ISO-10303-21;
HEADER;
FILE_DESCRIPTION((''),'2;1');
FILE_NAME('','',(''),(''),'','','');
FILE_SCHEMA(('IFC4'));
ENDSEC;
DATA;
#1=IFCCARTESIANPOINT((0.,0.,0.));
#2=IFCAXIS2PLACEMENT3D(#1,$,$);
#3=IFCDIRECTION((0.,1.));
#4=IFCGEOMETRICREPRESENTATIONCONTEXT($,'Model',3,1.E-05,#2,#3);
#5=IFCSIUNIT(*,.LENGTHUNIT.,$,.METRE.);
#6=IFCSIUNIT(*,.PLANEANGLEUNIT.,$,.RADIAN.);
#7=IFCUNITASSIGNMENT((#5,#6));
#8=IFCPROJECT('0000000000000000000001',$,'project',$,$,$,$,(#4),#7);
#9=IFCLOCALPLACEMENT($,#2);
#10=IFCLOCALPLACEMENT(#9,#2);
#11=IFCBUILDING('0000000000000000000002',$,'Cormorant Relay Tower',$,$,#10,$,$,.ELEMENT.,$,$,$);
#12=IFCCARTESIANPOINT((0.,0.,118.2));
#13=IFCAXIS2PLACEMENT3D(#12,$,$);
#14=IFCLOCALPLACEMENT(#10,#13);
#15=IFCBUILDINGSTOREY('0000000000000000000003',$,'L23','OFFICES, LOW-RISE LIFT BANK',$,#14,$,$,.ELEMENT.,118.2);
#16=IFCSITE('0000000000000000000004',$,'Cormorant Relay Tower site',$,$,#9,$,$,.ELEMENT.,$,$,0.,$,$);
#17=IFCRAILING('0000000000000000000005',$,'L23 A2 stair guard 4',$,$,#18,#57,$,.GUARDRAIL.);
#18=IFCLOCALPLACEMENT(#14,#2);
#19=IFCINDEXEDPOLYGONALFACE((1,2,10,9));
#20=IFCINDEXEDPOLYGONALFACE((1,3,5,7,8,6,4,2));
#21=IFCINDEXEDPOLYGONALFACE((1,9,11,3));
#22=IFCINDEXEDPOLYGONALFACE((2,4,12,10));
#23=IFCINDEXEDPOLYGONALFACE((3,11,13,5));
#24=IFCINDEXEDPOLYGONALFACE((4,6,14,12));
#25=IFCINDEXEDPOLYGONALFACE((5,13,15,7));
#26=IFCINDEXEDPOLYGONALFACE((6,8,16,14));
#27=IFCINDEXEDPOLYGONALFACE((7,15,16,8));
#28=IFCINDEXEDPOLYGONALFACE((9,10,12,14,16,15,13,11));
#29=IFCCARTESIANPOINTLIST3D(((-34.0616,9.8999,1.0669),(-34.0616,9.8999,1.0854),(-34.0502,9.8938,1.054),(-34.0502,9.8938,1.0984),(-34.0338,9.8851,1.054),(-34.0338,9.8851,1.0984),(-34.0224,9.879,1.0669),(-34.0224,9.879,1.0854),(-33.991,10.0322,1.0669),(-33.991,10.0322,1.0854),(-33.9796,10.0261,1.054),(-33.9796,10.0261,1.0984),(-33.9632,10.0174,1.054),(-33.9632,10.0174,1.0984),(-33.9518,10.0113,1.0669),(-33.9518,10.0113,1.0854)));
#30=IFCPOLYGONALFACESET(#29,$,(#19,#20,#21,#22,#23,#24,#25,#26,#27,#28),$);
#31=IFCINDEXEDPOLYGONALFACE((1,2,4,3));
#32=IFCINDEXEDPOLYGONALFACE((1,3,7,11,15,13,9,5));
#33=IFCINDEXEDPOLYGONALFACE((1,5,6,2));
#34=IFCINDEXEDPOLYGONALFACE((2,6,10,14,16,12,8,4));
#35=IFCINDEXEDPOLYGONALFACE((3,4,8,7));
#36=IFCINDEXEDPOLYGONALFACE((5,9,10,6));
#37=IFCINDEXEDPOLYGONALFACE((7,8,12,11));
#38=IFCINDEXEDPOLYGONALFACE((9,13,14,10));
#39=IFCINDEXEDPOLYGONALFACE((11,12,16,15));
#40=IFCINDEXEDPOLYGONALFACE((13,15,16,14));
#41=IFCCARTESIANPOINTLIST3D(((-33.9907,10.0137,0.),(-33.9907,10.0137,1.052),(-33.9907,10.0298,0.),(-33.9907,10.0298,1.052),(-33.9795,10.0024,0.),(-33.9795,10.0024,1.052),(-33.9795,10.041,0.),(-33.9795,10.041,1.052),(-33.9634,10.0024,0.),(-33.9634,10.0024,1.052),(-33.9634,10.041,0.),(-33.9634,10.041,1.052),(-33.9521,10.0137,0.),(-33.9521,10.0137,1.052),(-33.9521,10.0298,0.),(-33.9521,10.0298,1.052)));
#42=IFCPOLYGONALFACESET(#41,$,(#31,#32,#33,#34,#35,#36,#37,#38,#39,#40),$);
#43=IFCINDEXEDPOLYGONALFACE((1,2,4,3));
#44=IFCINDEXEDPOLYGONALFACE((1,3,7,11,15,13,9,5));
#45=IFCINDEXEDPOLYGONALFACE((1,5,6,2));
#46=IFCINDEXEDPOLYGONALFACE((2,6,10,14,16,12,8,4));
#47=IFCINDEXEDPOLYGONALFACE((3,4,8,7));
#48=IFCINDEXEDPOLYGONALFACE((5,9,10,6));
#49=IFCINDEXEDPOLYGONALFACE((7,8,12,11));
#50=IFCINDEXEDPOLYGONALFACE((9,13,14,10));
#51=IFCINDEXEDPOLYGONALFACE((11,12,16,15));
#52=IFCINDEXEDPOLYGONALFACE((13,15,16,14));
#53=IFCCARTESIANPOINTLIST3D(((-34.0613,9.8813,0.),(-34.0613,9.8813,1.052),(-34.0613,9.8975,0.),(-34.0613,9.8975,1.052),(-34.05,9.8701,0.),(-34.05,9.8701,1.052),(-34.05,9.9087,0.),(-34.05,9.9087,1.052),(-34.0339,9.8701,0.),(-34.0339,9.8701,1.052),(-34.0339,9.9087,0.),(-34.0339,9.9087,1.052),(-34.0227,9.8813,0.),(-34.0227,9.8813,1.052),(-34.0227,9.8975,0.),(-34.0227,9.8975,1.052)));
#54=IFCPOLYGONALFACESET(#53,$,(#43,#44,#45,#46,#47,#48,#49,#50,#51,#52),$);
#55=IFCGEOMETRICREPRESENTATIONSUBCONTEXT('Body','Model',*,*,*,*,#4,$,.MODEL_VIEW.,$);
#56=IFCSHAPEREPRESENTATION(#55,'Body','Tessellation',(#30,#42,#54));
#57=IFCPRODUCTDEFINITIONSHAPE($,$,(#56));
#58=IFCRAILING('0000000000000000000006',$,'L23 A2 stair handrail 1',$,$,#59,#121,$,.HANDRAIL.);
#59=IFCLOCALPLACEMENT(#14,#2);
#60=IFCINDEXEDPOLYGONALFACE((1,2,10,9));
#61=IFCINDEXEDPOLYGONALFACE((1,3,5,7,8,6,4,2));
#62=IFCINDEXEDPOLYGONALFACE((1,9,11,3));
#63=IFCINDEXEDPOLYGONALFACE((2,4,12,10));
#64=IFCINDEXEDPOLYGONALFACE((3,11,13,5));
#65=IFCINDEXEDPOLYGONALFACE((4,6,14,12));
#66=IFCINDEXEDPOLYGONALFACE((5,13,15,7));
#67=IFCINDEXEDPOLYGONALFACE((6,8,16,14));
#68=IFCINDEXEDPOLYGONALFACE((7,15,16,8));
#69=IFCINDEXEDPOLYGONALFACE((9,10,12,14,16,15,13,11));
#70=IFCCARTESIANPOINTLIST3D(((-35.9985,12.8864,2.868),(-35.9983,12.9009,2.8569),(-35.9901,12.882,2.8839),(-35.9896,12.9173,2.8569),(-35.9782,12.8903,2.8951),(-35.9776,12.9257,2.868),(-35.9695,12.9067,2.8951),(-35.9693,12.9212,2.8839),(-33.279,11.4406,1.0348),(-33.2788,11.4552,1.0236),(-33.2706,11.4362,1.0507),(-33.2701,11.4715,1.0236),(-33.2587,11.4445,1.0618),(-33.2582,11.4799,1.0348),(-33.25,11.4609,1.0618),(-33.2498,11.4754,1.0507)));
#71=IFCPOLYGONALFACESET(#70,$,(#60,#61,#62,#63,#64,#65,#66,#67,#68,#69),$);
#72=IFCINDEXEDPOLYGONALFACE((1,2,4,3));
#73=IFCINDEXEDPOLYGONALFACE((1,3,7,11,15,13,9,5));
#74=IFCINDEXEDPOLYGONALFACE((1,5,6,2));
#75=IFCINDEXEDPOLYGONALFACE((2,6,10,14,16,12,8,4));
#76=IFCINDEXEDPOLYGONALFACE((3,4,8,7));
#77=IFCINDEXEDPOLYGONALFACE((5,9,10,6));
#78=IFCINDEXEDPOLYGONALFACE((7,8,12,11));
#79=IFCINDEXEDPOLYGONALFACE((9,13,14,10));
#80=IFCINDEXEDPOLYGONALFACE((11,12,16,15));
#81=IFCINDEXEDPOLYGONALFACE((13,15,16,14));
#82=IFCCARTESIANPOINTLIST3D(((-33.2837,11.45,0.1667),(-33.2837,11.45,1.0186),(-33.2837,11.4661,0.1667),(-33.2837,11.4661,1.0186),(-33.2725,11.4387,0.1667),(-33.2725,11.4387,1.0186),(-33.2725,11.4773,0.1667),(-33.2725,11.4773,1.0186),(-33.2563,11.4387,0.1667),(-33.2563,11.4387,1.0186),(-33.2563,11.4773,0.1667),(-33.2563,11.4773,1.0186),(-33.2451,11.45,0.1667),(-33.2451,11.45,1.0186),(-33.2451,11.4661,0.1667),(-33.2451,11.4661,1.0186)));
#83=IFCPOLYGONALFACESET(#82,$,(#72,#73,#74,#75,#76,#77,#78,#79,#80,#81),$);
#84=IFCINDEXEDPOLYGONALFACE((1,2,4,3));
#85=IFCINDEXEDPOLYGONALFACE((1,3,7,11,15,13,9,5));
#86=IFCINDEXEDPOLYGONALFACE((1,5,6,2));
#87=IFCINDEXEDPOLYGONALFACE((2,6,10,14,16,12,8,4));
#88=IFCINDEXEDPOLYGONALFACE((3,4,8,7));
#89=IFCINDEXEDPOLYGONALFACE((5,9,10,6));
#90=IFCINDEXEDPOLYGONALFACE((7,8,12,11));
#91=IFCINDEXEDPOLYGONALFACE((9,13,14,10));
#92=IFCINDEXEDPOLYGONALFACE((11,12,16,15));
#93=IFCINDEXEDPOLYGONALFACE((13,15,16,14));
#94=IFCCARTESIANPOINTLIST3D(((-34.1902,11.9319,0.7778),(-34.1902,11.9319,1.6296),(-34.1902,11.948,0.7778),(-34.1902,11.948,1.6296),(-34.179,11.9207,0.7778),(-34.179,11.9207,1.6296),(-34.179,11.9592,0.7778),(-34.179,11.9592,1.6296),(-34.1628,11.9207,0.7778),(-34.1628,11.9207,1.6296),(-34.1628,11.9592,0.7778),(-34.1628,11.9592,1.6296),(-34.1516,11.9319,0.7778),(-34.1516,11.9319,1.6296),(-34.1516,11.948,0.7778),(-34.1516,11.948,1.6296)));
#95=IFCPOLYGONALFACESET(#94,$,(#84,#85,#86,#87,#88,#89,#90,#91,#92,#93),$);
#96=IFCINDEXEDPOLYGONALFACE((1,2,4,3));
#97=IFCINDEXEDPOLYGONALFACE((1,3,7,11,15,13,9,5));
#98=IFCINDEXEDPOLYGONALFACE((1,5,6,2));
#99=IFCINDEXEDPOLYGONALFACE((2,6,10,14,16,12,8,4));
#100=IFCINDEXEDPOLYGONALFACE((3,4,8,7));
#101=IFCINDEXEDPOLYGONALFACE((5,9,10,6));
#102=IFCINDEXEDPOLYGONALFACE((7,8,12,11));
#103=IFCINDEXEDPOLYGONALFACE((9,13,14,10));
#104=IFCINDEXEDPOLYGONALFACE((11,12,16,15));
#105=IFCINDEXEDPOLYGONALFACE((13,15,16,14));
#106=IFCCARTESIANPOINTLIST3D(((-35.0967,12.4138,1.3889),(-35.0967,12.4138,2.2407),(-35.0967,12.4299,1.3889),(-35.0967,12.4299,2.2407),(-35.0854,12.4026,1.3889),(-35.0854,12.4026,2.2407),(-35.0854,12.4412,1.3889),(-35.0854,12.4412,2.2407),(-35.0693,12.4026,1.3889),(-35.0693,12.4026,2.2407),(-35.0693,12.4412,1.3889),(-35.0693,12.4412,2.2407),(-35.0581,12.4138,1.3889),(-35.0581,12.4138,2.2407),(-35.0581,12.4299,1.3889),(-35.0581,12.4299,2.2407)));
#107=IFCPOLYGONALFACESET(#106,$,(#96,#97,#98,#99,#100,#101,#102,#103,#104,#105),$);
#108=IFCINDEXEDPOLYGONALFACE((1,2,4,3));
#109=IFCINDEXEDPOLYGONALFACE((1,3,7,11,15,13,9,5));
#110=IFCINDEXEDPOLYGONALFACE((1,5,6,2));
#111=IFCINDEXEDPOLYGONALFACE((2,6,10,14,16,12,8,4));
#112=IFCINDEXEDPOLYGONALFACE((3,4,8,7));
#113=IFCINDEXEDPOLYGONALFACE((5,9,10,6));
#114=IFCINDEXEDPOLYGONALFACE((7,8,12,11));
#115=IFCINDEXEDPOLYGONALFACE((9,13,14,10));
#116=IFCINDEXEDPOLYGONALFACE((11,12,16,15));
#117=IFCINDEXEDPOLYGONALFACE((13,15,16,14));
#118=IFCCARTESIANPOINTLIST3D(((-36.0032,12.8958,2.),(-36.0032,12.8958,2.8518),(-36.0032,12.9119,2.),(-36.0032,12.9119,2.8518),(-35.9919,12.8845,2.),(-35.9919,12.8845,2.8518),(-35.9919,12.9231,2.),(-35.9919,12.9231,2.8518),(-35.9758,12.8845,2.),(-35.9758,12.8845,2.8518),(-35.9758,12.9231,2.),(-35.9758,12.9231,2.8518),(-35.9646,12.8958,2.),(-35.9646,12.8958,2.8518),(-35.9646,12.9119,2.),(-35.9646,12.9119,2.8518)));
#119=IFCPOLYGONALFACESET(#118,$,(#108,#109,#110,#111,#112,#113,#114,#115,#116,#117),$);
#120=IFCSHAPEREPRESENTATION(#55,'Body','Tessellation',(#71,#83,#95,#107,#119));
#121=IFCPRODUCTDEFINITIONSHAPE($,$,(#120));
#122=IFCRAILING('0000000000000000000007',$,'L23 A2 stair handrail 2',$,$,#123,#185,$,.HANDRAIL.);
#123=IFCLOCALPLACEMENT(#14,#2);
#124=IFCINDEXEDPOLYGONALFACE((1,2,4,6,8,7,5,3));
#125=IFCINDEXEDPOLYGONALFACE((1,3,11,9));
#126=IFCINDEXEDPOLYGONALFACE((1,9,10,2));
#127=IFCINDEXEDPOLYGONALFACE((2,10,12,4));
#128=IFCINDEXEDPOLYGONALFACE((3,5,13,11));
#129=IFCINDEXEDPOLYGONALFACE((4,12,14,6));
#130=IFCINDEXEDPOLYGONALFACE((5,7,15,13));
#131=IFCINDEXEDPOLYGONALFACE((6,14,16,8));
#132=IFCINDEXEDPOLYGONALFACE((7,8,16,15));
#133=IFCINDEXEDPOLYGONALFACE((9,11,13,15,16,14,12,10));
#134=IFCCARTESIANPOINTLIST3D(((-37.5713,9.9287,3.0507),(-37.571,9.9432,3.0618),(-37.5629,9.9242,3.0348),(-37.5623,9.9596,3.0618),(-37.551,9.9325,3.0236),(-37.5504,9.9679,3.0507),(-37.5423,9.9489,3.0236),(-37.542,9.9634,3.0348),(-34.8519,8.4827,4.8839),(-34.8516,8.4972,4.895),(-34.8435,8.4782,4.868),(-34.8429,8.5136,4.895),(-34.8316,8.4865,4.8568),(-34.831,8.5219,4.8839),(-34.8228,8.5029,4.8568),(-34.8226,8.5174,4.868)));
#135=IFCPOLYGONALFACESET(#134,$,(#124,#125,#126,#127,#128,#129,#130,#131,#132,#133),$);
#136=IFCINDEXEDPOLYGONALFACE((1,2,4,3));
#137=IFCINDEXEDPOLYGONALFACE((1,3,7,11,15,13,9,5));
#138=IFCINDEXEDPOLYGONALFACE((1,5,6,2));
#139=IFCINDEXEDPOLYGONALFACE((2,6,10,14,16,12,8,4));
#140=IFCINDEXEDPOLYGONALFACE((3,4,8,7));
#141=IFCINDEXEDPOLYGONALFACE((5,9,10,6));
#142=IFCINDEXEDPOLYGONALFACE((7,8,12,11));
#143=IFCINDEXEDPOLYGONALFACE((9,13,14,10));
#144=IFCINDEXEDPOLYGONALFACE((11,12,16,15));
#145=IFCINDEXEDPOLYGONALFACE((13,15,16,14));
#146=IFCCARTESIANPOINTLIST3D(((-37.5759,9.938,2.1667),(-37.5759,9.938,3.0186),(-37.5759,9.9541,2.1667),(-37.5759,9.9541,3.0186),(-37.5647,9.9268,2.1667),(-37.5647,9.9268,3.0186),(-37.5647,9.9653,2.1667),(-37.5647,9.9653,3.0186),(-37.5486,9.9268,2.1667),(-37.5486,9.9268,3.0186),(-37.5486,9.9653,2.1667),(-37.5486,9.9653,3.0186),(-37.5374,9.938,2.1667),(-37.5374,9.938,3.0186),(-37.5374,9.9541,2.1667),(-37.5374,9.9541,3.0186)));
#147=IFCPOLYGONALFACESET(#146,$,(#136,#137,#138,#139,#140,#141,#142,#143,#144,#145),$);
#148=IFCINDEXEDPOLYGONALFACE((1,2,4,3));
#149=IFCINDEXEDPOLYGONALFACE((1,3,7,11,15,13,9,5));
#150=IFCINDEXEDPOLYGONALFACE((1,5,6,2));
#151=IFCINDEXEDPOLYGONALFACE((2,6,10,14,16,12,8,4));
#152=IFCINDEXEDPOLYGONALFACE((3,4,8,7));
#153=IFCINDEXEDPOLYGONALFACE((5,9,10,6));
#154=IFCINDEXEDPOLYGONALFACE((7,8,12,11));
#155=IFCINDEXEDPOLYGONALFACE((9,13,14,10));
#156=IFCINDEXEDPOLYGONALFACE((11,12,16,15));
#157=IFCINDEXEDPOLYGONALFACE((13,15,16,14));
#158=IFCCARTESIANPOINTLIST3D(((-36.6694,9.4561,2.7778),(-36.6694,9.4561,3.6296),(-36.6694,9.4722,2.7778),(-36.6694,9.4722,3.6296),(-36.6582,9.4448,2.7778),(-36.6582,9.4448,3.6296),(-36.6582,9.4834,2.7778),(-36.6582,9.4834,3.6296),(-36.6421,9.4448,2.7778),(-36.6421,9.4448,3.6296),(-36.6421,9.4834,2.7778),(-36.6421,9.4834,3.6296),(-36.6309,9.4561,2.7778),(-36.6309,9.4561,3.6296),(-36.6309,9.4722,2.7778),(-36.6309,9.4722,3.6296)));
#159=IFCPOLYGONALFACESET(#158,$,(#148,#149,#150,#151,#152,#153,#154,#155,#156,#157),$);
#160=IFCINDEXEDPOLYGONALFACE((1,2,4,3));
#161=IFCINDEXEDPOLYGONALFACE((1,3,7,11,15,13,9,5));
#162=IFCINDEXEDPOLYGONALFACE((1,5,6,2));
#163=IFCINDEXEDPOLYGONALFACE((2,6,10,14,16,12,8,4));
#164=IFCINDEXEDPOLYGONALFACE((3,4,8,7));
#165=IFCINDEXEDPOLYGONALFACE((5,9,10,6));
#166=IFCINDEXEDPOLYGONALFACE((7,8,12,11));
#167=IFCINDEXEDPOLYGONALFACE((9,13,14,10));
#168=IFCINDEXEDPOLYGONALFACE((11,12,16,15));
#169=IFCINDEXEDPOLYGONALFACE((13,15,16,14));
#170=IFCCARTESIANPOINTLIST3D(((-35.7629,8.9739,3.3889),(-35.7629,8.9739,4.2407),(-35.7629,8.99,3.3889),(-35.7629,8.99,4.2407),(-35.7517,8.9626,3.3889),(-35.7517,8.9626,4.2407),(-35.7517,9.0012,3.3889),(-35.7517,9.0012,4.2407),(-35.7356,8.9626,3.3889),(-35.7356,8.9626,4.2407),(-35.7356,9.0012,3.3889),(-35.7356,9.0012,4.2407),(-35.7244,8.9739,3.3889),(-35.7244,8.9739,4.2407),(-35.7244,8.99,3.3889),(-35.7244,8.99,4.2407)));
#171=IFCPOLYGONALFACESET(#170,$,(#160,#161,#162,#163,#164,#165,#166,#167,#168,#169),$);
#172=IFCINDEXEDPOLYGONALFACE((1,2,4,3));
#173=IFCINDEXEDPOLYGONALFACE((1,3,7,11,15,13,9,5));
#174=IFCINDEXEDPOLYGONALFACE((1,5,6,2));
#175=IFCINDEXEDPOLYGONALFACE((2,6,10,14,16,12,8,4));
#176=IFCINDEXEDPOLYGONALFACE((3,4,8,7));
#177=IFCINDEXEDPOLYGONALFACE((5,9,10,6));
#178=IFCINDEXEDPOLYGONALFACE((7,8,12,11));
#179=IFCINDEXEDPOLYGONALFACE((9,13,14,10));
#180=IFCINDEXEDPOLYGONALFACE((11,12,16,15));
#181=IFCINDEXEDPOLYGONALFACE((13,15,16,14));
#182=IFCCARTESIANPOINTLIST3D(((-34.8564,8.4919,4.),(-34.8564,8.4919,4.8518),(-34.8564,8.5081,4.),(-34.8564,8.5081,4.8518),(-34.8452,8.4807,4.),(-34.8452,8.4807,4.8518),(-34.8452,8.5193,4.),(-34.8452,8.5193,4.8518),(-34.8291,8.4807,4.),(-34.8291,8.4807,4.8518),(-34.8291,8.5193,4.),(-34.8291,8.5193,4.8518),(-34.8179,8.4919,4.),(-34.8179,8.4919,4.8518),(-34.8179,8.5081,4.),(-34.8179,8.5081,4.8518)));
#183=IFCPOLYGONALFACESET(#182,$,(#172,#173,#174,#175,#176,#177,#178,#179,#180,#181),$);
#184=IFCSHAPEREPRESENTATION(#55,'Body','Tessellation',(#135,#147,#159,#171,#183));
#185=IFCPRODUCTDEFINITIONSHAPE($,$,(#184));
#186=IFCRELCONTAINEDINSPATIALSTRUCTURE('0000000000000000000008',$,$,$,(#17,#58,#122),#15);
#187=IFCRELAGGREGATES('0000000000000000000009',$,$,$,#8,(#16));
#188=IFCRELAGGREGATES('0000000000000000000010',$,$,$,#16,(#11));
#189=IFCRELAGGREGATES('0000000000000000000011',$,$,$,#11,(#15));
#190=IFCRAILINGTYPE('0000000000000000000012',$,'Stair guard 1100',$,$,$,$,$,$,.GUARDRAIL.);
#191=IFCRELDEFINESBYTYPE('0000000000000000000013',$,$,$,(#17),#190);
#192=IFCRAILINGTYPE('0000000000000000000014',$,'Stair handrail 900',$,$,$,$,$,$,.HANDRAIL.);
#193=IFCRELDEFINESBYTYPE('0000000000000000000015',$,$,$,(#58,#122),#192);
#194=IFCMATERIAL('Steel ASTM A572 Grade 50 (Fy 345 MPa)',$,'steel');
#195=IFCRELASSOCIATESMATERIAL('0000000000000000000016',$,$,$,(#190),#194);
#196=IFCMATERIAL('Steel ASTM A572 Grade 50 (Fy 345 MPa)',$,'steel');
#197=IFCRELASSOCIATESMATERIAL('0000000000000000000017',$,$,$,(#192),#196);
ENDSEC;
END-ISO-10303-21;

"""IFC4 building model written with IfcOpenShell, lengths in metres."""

from ifc_helpers import new_model, si_unit, direction, frame, origin, place, context, subcontext, project, spatial, polyline, outline, extrude, material, type_object, element, save


model = new_model("IFC4")

# Units and contexts
model_context = context("Model", 3, precision=1e-05, world=origin(), true_north=direction((0.0, 1.0)))
body_context = subcontext(model_context, "Body", "Model", "MODEL_VIEW")
ifc_project = project(units=[si_unit("LENGTHUNIT", "METRE"), si_unit("PLANEANGLEUNIT", "RADIAN")], contexts=[model_context])

# Site, building, storey
site_placement = place(None, origin())
site = spatial("IfcSite", under=ifc_project, at=site_placement, Name="Cormorant Relay Tower site", CompositionType="ELEMENT", RefElevation=0.0)
building_placement = place(site_placement, origin())
building = spatial("IfcBuilding", under=site, at=building_placement, Name="Cormorant Relay Tower", CompositionType="ELEMENT")
storey_placement = place(building_placement, frame((0.0, 0.0, 118.2)))
storey = spatial("IfcBuildingStorey", under=building, at=storey_placement, Name="L23", Description="OFFICES, LOW-RISE LIFT BANK", CompositionType="ELEMENT", Elevation=118.2)

# Railings
ifc_material_1 = material(Name="Steel ASTM A572 Grade 50 (Fy 345 MPa)", Category="steel")
railing_type_1 = type_object("IfcRailingType", Name="Stair guard 1100", PredefinedType="GUARDRAIL", material=ifc_material_1)
railing_1_placement = place(storey_placement, frame((-33.9714, 10.0217, 0.0)))
element("IfcRailing", 1, at=railing_1_placement, inside=storey, type_object=railing_type_1, Name="L23 A2 stair guard 4", PredefinedType="GUARDRAIL", context=body_context, shape_type="SweptSolid", body=[
    extrude(outline(polyline([(0.0222, 0.0093), (0.0093, 0.0222), (-0.0093, 0.0222), (-0.0222, 0.0093), (-0.0222, -0.0093), (-0.0093, -0.0222), (0.0093, -0.0222), (0.0222, -0.0093), (0.0222, 0.0093)])), frame((0.0, 0.0, 1.0762), z_axis=(-0.470504, -0.882398, 0.0), x_axis=(0.882398, -0.470504, 0.0)), (0.0, 0.0, 1.0), 0.1499),
    extrude(outline(polyline([(0.0193, 0.0081), (0.0081, 0.0193), (-0.0081, 0.0193), (-0.0193, 0.0081), (-0.0193, -0.0081), (-0.0081, -0.0193), (0.0081, -0.0193), (0.0193, -0.0081), (0.0193, 0.0081)])), origin(), (0.0, 0.0, 1.0), 1.052),
    extrude(outline(polyline([(0.0193, 0.0081), (0.0081, 0.0193), (-0.0081, 0.0193), (-0.0193, 0.0081), (-0.0193, -0.0081), (-0.0081, -0.0193), (0.0081, -0.0193), (0.0193, -0.0081), (0.0193, 0.0081)])), frame((-0.0706, -0.1323, 0.0)), (0.0, 0.0, 1.0), 1.052),
])
ifc_material_2 = material(Name="Steel ASTM A572 Grade 50 (Fy 345 MPa)", Category="steel")
railing_type_2 = type_object("IfcRailingType", Name="Stair handrail 900", PredefinedType="HANDRAIL", material=ifc_material_2)
railing_2_placement = place(storey_placement, frame((-33.2644, 11.458, 0.1667)))
element("IfcRailing", 2, at=railing_2_placement, inside=storey, type_object=railing_type_2, Name="L23 A2 stair handrail 1", PredefinedType="HANDRAIL", context=body_context, shape_type="SweptSolid", body=[
    extrude(outline(polyline([(0.0222, 0.0093), (0.0093, 0.0222), (-0.0093, 0.0222), (-0.0222, 0.0093), (-0.0222, -0.0093), (-0.0093, -0.0222), (0.0093, -0.0222), (0.0222, -0.0093), (0.0222, 0.0093)])), frame((0.0, 0.0, 0.876), z_axis=(-0.758735, 0.403378, 0.511477), x_axis=(-0.469428, -0.882971, 0.0)), (0.0, 0.0, 1.0), 3.5842),
    extrude(outline(polyline([(0.0193, 0.0081), (0.0081, 0.0193), (-0.0081, 0.0193), (-0.0193, 0.0081), (-0.0193, -0.0081), (-0.0081, -0.0193), (0.0081, -0.0193), (0.0193, -0.0081), (0.0193, 0.0081)])), origin(), (0.0, 0.0, 1.0), 0.8518),
    extrude(outline(polyline([(0.0193, 0.0081), (0.0081, 0.0193), (-0.0081, 0.0193), (-0.0193, 0.0081), (-0.0193, -0.0081), (-0.0081, -0.0193), (0.0081, -0.0193), (0.0193, -0.0081), (0.0193, 0.0081)])), frame((-0.9065, 0.4819, 0.6111)), (0.0, 0.0, 1.0), 0.8518),
    extrude(outline(polyline([(0.0193, 0.0081), (0.0081, 0.0193), (-0.0081, 0.0193), (-0.0193, 0.0081), (-0.0193, -0.0081), (-0.0081, -0.0193), (0.0081, -0.0193), (0.0193, -0.0081), (0.0193, 0.0081)])), frame((-1.813, 0.9639, 1.2222)), (0.0, 0.0, 1.0), 0.8518),
    extrude(outline(polyline([(0.0193, 0.0081), (0.0081, 0.0193), (-0.0081, 0.0193), (-0.0193, 0.0081), (-0.0193, -0.0081), (-0.0081, -0.0193), (0.0081, -0.0193), (0.0193, -0.0081), (0.0193, 0.0081)])), frame((-2.7195, 1.4458, 1.8333)), (0.0, 0.0, 1.0), 0.8518),
])
railing_3_placement = place(storey_placement, frame((-37.5566, 9.946, 2.1667)))
element("IfcRailing", 3, at=railing_3_placement, inside=storey, type_object=railing_type_2, Name="L23 A2 stair handrail 2", PredefinedType="HANDRAIL", context=body_context, shape_type="SweptSolid", body=[
    extrude(outline(polyline([(0.0222, 0.0093), (0.0093, 0.0222), (-0.0093, 0.0222), (-0.0222, 0.0093), (-0.0222, -0.0093), (-0.0093, -0.0222), (0.0093, -0.0222), (0.0222, -0.0093), (0.0222, 0.0093)])), frame((0.0, 0.0, 0.876), z_axis=(0.758714, -0.403435, 0.511463), x_axis=(0.469489, 0.882938, 0.0)), (0.0, 0.0, 1.0), 3.5842),
    extrude(outline(polyline([(0.0193, 0.0081), (0.0081, 0.0193), (-0.0081, 0.0193), (-0.0193, 0.0081), (-0.0193, -0.0081), (-0.0081, -0.0193), (0.0081, -0.0193), (0.0193, -0.0081), (0.0193, 0.0081)])), origin(), (0.0, 0.0, 1.0), 0.8518),
    extrude(outline(polyline([(0.0193, 0.0081), (0.0081, 0.0193), (-0.0081, 0.0193), (-0.0193, 0.0081), (-0.0193, -0.0081), (-0.0081, -0.0193), (0.0081, -0.0193), (0.0193, -0.0081), (0.0193, 0.0081)])), frame((0.9065, -0.4819, 0.6111)), (0.0, 0.0, 1.0), 0.8518),
    extrude(outline(polyline([(0.0193, 0.0081), (0.0081, 0.0193), (-0.0081, 0.0193), (-0.0193, 0.0081), (-0.0193, -0.0081), (-0.0081, -0.0193), (0.0081, -0.0193), (0.0193, -0.0081), (0.0193, 0.0081)])), frame((1.813, -0.9641, 1.2222)), (0.0, 0.0, 1.0), 0.8518),
    extrude(outline(polyline([(0.0193, 0.0081), (0.0081, 0.0193), (-0.0081, 0.0193), (-0.0193, 0.0081), (-0.0193, -0.0081), (-0.0081, -0.0193), (0.0081, -0.0193), (0.0193, -0.0081), (0.0193, 0.0081)])), frame((2.7195, -1.446, 1.8333)), (0.0, 0.0, 1.0), 0.8518),
])

save(model, "model.ifc")
